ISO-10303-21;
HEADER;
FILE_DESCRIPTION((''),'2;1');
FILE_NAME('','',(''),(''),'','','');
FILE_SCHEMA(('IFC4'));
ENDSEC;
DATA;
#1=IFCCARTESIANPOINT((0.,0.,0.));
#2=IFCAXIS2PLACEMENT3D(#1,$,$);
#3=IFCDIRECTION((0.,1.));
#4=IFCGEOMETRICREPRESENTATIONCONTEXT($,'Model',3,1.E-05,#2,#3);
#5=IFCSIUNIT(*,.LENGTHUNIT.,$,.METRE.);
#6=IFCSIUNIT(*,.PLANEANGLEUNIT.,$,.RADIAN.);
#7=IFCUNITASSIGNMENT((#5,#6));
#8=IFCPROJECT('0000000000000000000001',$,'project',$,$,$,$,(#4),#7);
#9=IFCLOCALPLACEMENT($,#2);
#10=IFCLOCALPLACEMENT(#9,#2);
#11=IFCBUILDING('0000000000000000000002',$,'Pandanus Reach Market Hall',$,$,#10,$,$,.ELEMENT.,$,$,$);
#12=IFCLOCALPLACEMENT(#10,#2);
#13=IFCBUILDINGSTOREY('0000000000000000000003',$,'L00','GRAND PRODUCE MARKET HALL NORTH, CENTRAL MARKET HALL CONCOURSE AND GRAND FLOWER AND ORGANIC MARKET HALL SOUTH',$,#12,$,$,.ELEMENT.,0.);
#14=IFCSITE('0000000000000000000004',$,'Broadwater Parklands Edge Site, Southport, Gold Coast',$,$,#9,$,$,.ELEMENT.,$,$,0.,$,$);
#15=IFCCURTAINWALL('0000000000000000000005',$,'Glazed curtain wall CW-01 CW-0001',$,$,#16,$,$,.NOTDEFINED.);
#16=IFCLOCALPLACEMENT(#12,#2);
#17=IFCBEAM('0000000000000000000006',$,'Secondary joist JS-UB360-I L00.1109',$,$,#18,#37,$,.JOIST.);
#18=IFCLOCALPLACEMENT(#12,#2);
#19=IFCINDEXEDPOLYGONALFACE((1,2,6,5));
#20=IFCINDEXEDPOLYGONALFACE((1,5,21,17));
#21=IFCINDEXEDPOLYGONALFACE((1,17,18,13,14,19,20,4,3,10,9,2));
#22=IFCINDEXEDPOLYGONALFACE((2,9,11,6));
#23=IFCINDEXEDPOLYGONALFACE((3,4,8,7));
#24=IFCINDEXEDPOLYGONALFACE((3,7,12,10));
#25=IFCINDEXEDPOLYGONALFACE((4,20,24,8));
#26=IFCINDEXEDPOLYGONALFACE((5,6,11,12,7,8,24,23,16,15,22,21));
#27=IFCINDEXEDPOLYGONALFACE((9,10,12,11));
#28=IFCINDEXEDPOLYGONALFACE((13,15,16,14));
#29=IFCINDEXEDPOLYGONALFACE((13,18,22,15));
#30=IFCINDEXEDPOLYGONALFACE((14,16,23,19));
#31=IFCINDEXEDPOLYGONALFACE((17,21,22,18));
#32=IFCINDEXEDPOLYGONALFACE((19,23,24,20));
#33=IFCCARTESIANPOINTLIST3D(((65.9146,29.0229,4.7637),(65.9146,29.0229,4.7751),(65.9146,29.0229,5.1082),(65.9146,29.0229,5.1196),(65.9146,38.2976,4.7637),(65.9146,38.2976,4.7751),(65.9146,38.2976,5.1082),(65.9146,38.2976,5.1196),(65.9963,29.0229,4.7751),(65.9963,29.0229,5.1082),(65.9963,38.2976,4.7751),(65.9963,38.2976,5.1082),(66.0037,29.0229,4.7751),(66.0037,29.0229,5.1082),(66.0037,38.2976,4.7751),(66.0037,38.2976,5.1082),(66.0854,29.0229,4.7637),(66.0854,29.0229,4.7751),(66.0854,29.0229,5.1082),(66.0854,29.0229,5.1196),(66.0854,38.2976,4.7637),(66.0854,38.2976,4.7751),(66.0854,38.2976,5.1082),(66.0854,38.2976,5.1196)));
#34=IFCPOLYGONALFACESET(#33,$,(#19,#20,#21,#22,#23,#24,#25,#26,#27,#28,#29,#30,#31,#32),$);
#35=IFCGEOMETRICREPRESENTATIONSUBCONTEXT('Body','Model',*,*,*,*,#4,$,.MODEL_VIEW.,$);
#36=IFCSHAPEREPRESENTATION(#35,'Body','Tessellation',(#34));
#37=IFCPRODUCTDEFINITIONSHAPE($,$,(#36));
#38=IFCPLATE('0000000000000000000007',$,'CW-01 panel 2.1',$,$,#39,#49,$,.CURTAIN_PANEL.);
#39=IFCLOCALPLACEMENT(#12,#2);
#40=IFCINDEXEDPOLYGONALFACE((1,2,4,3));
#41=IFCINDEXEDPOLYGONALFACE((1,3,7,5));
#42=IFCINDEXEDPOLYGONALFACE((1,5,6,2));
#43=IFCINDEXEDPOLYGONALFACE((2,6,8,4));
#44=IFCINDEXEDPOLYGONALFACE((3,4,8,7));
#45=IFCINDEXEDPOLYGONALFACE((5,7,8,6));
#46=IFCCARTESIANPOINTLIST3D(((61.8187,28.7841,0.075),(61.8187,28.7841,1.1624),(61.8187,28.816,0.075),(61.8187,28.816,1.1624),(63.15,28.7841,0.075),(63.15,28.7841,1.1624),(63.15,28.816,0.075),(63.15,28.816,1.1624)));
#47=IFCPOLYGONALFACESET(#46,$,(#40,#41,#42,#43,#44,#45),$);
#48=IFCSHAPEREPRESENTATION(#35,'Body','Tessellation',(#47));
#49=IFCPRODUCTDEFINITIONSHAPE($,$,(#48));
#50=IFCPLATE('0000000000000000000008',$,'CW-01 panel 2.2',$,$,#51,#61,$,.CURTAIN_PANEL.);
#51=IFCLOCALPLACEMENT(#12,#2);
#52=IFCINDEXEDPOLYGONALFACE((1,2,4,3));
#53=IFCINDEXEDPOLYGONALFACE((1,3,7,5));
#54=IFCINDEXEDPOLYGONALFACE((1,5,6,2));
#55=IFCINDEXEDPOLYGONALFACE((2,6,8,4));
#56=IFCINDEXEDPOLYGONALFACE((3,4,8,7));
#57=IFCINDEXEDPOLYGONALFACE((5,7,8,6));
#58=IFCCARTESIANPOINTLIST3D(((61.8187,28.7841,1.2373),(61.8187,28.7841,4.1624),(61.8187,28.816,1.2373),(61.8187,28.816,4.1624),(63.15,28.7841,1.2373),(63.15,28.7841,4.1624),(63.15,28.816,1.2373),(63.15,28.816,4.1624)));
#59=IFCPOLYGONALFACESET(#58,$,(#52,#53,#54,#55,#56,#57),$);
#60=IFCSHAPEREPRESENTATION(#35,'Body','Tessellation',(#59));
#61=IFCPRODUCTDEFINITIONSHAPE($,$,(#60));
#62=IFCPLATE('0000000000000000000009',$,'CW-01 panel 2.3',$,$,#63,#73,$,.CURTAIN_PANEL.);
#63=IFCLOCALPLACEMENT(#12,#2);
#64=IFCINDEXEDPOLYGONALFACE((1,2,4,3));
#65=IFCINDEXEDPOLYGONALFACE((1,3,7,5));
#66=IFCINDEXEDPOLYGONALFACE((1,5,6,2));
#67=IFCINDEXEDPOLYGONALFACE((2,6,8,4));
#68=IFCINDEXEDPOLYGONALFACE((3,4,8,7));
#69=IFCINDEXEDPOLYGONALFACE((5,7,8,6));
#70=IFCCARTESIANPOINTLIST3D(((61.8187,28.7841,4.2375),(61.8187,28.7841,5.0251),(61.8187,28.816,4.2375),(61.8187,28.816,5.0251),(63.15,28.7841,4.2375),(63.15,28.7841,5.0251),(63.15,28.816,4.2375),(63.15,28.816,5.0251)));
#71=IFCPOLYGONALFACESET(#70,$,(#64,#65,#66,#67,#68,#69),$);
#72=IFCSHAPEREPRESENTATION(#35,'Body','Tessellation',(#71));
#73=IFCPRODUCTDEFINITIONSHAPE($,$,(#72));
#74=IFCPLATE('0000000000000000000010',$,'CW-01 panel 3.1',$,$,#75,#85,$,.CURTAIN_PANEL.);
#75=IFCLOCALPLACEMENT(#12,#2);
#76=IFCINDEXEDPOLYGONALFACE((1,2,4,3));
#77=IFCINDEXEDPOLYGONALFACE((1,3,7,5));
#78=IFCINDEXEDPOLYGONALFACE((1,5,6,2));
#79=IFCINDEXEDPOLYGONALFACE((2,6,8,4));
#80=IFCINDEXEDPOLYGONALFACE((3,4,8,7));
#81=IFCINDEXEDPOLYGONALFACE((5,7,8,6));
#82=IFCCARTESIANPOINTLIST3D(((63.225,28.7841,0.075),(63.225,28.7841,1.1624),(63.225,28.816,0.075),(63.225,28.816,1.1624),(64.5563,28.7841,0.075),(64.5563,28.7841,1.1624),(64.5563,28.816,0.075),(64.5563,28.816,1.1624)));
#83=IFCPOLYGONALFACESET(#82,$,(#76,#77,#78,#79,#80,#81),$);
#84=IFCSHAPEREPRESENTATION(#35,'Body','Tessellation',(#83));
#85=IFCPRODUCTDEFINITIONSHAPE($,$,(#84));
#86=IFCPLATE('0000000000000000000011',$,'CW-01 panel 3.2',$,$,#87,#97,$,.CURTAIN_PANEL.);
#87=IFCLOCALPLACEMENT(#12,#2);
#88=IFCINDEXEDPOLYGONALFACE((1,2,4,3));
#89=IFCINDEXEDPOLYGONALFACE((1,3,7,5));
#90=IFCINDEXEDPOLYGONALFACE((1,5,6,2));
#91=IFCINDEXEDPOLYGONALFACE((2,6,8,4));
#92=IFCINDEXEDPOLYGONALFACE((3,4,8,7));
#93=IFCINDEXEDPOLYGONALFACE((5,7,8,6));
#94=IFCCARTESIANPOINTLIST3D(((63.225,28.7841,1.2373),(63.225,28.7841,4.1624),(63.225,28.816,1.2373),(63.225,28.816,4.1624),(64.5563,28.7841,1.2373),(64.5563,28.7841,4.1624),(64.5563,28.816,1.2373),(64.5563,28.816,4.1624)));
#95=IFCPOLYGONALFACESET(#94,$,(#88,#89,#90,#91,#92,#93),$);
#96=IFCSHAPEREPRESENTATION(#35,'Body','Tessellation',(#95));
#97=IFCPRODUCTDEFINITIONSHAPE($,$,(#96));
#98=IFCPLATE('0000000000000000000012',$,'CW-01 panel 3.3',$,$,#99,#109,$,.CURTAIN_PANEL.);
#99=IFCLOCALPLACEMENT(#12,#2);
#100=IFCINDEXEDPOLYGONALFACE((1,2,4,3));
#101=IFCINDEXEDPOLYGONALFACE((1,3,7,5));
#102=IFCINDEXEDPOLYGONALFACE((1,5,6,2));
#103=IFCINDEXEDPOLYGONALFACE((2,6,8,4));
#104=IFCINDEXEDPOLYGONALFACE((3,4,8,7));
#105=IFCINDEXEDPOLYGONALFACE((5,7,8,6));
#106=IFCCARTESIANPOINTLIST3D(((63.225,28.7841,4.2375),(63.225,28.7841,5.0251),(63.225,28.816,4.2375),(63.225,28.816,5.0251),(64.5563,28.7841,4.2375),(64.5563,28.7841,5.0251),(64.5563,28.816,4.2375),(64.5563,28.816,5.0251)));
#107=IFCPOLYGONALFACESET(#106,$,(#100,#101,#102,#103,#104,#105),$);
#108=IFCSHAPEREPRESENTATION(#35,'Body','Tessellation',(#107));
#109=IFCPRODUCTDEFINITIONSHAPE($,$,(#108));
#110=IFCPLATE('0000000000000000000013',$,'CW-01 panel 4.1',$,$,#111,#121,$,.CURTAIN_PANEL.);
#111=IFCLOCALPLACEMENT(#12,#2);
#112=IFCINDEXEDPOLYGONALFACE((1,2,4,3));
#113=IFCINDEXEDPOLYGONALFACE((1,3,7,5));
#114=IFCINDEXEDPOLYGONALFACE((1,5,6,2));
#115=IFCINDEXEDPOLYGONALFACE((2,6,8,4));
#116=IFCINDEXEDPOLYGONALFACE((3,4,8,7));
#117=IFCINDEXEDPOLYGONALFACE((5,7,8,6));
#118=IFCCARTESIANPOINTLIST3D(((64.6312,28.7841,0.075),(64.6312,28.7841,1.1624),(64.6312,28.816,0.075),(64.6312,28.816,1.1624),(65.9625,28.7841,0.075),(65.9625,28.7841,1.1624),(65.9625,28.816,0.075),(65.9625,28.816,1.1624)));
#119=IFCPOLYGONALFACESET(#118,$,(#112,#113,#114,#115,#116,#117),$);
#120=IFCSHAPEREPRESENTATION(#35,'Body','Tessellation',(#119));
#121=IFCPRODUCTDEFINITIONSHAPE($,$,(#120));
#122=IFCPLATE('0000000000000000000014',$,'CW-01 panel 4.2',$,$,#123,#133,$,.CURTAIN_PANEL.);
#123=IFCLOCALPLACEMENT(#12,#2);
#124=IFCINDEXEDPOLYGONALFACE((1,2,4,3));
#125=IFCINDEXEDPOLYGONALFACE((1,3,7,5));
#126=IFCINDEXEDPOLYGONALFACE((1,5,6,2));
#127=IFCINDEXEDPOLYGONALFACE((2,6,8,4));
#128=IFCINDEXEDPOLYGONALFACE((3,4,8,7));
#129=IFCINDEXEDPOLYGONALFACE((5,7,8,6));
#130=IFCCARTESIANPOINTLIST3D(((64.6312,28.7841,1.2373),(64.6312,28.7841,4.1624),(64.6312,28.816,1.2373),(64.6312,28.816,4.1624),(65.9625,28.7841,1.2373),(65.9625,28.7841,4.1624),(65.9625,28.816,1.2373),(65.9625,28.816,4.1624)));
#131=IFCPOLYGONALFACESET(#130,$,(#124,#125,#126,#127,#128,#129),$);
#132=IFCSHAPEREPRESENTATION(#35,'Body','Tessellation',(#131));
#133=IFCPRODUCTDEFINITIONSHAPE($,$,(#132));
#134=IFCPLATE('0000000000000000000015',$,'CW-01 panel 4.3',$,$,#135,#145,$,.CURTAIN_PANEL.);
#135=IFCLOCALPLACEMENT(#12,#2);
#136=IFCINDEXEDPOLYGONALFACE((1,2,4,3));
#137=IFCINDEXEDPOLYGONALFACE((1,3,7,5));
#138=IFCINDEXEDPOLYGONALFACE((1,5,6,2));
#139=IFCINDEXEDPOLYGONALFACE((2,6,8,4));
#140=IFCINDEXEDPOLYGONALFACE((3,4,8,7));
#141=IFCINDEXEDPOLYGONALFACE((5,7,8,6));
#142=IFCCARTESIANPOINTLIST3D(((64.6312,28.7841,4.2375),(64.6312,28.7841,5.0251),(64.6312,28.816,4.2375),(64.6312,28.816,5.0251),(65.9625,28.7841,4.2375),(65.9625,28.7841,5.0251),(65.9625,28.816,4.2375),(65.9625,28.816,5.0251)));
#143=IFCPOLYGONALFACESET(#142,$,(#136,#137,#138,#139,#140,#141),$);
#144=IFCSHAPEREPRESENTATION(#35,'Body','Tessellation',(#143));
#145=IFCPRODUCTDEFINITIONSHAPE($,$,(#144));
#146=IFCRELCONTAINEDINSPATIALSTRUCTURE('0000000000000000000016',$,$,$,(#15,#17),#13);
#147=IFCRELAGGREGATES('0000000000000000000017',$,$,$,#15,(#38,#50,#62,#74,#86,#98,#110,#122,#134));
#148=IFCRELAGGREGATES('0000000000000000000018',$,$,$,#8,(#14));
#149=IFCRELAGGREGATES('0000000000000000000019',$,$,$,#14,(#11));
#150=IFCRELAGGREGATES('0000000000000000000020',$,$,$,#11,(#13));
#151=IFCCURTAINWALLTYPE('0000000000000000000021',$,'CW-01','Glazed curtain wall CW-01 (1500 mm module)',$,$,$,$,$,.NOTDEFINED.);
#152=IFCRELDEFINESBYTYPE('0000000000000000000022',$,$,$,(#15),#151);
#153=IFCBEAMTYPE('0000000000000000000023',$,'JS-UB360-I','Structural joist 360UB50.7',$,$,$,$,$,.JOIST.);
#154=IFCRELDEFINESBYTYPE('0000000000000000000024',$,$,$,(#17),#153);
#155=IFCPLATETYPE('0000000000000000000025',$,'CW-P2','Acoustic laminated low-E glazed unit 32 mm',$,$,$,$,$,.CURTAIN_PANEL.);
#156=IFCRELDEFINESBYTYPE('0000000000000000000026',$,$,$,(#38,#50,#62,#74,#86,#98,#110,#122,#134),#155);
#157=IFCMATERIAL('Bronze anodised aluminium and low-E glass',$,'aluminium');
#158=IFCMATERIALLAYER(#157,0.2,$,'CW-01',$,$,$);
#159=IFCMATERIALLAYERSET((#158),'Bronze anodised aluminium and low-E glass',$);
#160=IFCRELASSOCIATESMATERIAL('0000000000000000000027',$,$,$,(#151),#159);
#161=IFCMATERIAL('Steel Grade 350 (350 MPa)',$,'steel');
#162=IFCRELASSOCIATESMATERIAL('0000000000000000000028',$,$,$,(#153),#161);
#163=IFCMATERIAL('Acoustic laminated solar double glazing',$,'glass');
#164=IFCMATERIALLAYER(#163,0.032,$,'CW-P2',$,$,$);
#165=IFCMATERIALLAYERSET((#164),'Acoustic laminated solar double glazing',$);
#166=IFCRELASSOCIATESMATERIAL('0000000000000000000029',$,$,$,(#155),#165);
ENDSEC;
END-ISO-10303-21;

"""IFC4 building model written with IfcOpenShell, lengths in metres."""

from ifc_helpers import new_model, si_unit, direction, frame, origin, origin_2d, place, context, subcontext, project, spatial, rectangle, i_section, extrude, material, layer, layer_set, material_profile, profile_set, type_object, element, aggregate, save


model = new_model("IFC4")

# Units and contexts
model_context = context("Model", 3, precision=1e-05, world=origin(), true_north=direction((0.0, 1.0)))
body_context = subcontext(model_context, "Body", "Model", "MODEL_VIEW")
ifc_project = project(units=[si_unit("LENGTHUNIT", "METRE"), si_unit("PLANEANGLEUNIT", "RADIAN")], contexts=[model_context])

# Site, building, storey
site_placement = place(None, origin())
site = spatial("IfcSite", under=ifc_project, at=site_placement, Name="Broadwater Parklands Edge Site, Southport, Gold Coast", CompositionType="ELEMENT", RefElevation=0.0)
building_placement = place(site_placement, origin())
building = spatial("IfcBuilding", under=site, at=building_placement, Name="Pandanus Reach Market Hall", CompositionType="ELEMENT")
storey_placement = place(building_placement, origin())
storey = spatial("IfcBuildingStorey", under=building, at=storey_placement, Name="L00", Description="GRAND PRODUCE MARKET HALL NORTH, CENTRAL MARKET HALL CONCOURSE AND GRAND FLOWER AND ORGANIC MARKET HALL SOUTH", CompositionType="ELEMENT", Elevation=0.0)

# Curtain wall
ifc_material_1 = material(Name="Bronze anodised aluminium and low-E glass", Category="aluminium")
ifc_layer_1 = layer(ifc_material_1, 0.2, Name="CW-01")
ifc_layer_set_1 = layer_set([ifc_layer_1], Name="Bronze anodised aluminium and low-E glass")
curtain_wall_type = type_object("IfcCurtainWallType", Name="CW-01", Description="Glazed curtain wall CW-01 (1500 mm module)", PredefinedType="NOTDEFINED", material=ifc_layer_set_1)
curtain_wall_placement = place(storey_placement, origin())
curtain_wall = element("IfcCurtainWall", 1, at=curtain_wall_placement, inside=storey, type_object=curtain_wall_type, Name="Glazed curtain wall CW-01 CW-0001", PredefinedType="NOTDEFINED")

# Beam
ifc_material_2 = material(Name="Steel Grade 350 (350 MPa)", Category="steel")
ifc_material_profile_1 = material_profile(ifc_material_2, i_section(OverallWidth=0.1709, OverallDepth=0.356, WebThickness=0.0073, FlangeThickness=0.0115, at=origin_2d()), Name="360UB50.7", Category="LoadBearing")
ifc_profile_set_1 = profile_set([ifc_material_profile_1], Name="Steel Grade 350 (350 MPa)")
beam_type = type_object("IfcBeamType", Name="JS-UB360-I", Description="Structural joist 360UB50.7", PredefinedType="JOIST", material=ifc_profile_set_1)
for number, where, z_axis, x_axis, name in (
    (2, (66.0, 29.0229, 4.9417), (0.0, 1.0, 0.0), (-1.0, 0.0, 0.0), "Secondary joist JS-UB360-I L00.1109"),
):
    element("IfcBeam", number, at=place(storey_placement, frame(where, z_axis=z_axis, x_axis=x_axis)), inside=storey, type_object=beam_type, Name=name, PredefinedType="JOIST", context=body_context, shape_type="SweptSolid", body=[
        extrude(i_section(OverallWidth=0.1709, OverallDepth=0.356, WebThickness=0.0073, FlangeThickness=0.0115, at=origin_2d()), origin(), (0.0, 0.0, 1.0), 9.2747),
    ])

# Plates
ifc_material_3 = material(Name="Acoustic laminated solar double glazing", Category="glass")
ifc_layer_2 = layer(ifc_material_3, 0.032, Name="CW-P2")
ifc_layer_set_2 = layer_set([ifc_layer_2], Name="Acoustic laminated solar double glazing")
plate_type = type_object("IfcPlateType", Name="CW-P2", Description="Acoustic laminated low-E glazed unit 32 mm", PredefinedType="CURTAIN_PANEL", material=ifc_layer_set_2)
plate_1_placement = place(storey_placement, frame((62.4844, 28.8, 0.075), z_axis=(0.0, 0.0, 1.0), x_axis=(1.0, 0.0, 0.0)))
plate_1 = element("IfcPlate", 3, at=plate_1_placement, type_object=plate_type, Name="CW-01 panel 2.1", PredefinedType="CURTAIN_PANEL", context=body_context, shape_type="SweptSolid", body=[
    extrude(rectangle(XDim=1.3313, YDim=0.032, at=origin_2d()), origin(), (0.0, 0.0, 1.0), 1.0874),
])
plate_2_placement = place(storey_placement, frame((62.4844, 28.8, 1.2373), z_axis=(0.0, 0.0, 1.0), x_axis=(1.0, 0.0, 0.0)))
plate_2 = element("IfcPlate", 4, at=plate_2_placement, type_object=plate_type, Name="CW-01 panel 2.2", PredefinedType="CURTAIN_PANEL", context=body_context, shape_type="SweptSolid", body=[
    extrude(rectangle(XDim=1.3313, YDim=0.032, at=origin_2d()), origin(), (0.0, 0.0, 1.0), 2.925),
])
plate_3_placement = place(storey_placement, frame((62.4844, 28.8, 4.2375), z_axis=(0.0, 0.0, 1.0), x_axis=(1.0, 0.0, 0.0)))
plate_3 = element("IfcPlate", 5, at=plate_3_placement, type_object=plate_type, Name="CW-01 panel 2.3", PredefinedType="CURTAIN_PANEL", context=body_context, shape_type="SweptSolid", body=[
    extrude(rectangle(XDim=1.3313, YDim=0.032, at=origin_2d()), origin(), (0.0, 0.0, 1.0), 0.7876),
])
plate_4_placement = place(storey_placement, frame((63.8906, 28.8, 0.075), z_axis=(0.0, 0.0, 1.0), x_axis=(1.0, 0.0, 0.0)))
plate_4 = element("IfcPlate", 6, at=plate_4_placement, type_object=plate_type, Name="CW-01 panel 3.1", PredefinedType="CURTAIN_PANEL", context=body_context, shape_type="SweptSolid", body=[
    extrude(rectangle(XDim=1.3313, YDim=0.032, at=origin_2d()), origin(), (0.0, 0.0, 1.0), 1.0874),
])
plate_5_placement = place(storey_placement, frame((63.8906, 28.8, 1.2373), z_axis=(0.0, 0.0, 1.0), x_axis=(1.0, 0.0, 0.0)))
plate_5 = element("IfcPlate", 7, at=plate_5_placement, type_object=plate_type, Name="CW-01 panel 3.2", PredefinedType="CURTAIN_PANEL", context=body_context, shape_type="SweptSolid", body=[
    extrude(rectangle(XDim=1.3313, YDim=0.032, at=origin_2d()), origin(), (0.0, 0.0, 1.0), 2.925),
])
plate_6_placement = place(storey_placement, frame((63.8906, 28.8, 4.2375), z_axis=(0.0, 0.0, 1.0), x_axis=(1.0, 0.0, 0.0)))
plate_6 = element("IfcPlate", 8, at=plate_6_placement, type_object=plate_type, Name="CW-01 panel 3.3", PredefinedType="CURTAIN_PANEL", context=body_context, shape_type="SweptSolid", body=[
    extrude(rectangle(XDim=1.3313, YDim=0.032, at=origin_2d()), origin(), (0.0, 0.0, 1.0), 0.7876),
])
plate_7_placement = place(storey_placement, frame((65.2969, 28.8, 0.075), z_axis=(0.0, 0.0, 1.0), x_axis=(1.0, 0.0, 0.0)))
plate_7 = element("IfcPlate", 9, at=plate_7_placement, type_object=plate_type, Name="CW-01 panel 4.1", PredefinedType="CURTAIN_PANEL", context=body_context, shape_type="SweptSolid", body=[
    extrude(rectangle(XDim=1.3313, YDim=0.032, at=origin_2d()), origin(), (0.0, 0.0, 1.0), 1.0874),
])
plate_8_placement = place(storey_placement, frame((65.2969, 28.8, 1.2373), z_axis=(0.0, 0.0, 1.0), x_axis=(1.0, 0.0, 0.0)))
plate_8 = element("IfcPlate", 10, at=plate_8_placement, type_object=plate_type, Name="CW-01 panel 4.2", PredefinedType="CURTAIN_PANEL", context=body_context, shape_type="SweptSolid", body=[
    extrude(rectangle(XDim=1.3313, YDim=0.032, at=origin_2d()), origin(), (0.0, 0.0, 1.0), 2.925),
])
plate_9_placement = place(storey_placement, frame((65.2969, 28.8, 4.2375), z_axis=(0.0, 0.0, 1.0), x_axis=(1.0, 0.0, 0.0)))
plate_9 = element("IfcPlate", 11, at=plate_9_placement, type_object=plate_type, Name="CW-01 panel 4.3", PredefinedType="CURTAIN_PANEL", context=body_context, shape_type="SweptSolid", body=[
    extrude(rectangle(XDim=1.3313, YDim=0.032, at=origin_2d()), origin(), (0.0, 0.0, 1.0), 0.7876),
])
aggregate(curtain_wall, [plate_1, plate_2, plate_3, plate_4, plate_5, plate_6, plate_7, plate_8, plate_9])

save(model, "model.ifc")
